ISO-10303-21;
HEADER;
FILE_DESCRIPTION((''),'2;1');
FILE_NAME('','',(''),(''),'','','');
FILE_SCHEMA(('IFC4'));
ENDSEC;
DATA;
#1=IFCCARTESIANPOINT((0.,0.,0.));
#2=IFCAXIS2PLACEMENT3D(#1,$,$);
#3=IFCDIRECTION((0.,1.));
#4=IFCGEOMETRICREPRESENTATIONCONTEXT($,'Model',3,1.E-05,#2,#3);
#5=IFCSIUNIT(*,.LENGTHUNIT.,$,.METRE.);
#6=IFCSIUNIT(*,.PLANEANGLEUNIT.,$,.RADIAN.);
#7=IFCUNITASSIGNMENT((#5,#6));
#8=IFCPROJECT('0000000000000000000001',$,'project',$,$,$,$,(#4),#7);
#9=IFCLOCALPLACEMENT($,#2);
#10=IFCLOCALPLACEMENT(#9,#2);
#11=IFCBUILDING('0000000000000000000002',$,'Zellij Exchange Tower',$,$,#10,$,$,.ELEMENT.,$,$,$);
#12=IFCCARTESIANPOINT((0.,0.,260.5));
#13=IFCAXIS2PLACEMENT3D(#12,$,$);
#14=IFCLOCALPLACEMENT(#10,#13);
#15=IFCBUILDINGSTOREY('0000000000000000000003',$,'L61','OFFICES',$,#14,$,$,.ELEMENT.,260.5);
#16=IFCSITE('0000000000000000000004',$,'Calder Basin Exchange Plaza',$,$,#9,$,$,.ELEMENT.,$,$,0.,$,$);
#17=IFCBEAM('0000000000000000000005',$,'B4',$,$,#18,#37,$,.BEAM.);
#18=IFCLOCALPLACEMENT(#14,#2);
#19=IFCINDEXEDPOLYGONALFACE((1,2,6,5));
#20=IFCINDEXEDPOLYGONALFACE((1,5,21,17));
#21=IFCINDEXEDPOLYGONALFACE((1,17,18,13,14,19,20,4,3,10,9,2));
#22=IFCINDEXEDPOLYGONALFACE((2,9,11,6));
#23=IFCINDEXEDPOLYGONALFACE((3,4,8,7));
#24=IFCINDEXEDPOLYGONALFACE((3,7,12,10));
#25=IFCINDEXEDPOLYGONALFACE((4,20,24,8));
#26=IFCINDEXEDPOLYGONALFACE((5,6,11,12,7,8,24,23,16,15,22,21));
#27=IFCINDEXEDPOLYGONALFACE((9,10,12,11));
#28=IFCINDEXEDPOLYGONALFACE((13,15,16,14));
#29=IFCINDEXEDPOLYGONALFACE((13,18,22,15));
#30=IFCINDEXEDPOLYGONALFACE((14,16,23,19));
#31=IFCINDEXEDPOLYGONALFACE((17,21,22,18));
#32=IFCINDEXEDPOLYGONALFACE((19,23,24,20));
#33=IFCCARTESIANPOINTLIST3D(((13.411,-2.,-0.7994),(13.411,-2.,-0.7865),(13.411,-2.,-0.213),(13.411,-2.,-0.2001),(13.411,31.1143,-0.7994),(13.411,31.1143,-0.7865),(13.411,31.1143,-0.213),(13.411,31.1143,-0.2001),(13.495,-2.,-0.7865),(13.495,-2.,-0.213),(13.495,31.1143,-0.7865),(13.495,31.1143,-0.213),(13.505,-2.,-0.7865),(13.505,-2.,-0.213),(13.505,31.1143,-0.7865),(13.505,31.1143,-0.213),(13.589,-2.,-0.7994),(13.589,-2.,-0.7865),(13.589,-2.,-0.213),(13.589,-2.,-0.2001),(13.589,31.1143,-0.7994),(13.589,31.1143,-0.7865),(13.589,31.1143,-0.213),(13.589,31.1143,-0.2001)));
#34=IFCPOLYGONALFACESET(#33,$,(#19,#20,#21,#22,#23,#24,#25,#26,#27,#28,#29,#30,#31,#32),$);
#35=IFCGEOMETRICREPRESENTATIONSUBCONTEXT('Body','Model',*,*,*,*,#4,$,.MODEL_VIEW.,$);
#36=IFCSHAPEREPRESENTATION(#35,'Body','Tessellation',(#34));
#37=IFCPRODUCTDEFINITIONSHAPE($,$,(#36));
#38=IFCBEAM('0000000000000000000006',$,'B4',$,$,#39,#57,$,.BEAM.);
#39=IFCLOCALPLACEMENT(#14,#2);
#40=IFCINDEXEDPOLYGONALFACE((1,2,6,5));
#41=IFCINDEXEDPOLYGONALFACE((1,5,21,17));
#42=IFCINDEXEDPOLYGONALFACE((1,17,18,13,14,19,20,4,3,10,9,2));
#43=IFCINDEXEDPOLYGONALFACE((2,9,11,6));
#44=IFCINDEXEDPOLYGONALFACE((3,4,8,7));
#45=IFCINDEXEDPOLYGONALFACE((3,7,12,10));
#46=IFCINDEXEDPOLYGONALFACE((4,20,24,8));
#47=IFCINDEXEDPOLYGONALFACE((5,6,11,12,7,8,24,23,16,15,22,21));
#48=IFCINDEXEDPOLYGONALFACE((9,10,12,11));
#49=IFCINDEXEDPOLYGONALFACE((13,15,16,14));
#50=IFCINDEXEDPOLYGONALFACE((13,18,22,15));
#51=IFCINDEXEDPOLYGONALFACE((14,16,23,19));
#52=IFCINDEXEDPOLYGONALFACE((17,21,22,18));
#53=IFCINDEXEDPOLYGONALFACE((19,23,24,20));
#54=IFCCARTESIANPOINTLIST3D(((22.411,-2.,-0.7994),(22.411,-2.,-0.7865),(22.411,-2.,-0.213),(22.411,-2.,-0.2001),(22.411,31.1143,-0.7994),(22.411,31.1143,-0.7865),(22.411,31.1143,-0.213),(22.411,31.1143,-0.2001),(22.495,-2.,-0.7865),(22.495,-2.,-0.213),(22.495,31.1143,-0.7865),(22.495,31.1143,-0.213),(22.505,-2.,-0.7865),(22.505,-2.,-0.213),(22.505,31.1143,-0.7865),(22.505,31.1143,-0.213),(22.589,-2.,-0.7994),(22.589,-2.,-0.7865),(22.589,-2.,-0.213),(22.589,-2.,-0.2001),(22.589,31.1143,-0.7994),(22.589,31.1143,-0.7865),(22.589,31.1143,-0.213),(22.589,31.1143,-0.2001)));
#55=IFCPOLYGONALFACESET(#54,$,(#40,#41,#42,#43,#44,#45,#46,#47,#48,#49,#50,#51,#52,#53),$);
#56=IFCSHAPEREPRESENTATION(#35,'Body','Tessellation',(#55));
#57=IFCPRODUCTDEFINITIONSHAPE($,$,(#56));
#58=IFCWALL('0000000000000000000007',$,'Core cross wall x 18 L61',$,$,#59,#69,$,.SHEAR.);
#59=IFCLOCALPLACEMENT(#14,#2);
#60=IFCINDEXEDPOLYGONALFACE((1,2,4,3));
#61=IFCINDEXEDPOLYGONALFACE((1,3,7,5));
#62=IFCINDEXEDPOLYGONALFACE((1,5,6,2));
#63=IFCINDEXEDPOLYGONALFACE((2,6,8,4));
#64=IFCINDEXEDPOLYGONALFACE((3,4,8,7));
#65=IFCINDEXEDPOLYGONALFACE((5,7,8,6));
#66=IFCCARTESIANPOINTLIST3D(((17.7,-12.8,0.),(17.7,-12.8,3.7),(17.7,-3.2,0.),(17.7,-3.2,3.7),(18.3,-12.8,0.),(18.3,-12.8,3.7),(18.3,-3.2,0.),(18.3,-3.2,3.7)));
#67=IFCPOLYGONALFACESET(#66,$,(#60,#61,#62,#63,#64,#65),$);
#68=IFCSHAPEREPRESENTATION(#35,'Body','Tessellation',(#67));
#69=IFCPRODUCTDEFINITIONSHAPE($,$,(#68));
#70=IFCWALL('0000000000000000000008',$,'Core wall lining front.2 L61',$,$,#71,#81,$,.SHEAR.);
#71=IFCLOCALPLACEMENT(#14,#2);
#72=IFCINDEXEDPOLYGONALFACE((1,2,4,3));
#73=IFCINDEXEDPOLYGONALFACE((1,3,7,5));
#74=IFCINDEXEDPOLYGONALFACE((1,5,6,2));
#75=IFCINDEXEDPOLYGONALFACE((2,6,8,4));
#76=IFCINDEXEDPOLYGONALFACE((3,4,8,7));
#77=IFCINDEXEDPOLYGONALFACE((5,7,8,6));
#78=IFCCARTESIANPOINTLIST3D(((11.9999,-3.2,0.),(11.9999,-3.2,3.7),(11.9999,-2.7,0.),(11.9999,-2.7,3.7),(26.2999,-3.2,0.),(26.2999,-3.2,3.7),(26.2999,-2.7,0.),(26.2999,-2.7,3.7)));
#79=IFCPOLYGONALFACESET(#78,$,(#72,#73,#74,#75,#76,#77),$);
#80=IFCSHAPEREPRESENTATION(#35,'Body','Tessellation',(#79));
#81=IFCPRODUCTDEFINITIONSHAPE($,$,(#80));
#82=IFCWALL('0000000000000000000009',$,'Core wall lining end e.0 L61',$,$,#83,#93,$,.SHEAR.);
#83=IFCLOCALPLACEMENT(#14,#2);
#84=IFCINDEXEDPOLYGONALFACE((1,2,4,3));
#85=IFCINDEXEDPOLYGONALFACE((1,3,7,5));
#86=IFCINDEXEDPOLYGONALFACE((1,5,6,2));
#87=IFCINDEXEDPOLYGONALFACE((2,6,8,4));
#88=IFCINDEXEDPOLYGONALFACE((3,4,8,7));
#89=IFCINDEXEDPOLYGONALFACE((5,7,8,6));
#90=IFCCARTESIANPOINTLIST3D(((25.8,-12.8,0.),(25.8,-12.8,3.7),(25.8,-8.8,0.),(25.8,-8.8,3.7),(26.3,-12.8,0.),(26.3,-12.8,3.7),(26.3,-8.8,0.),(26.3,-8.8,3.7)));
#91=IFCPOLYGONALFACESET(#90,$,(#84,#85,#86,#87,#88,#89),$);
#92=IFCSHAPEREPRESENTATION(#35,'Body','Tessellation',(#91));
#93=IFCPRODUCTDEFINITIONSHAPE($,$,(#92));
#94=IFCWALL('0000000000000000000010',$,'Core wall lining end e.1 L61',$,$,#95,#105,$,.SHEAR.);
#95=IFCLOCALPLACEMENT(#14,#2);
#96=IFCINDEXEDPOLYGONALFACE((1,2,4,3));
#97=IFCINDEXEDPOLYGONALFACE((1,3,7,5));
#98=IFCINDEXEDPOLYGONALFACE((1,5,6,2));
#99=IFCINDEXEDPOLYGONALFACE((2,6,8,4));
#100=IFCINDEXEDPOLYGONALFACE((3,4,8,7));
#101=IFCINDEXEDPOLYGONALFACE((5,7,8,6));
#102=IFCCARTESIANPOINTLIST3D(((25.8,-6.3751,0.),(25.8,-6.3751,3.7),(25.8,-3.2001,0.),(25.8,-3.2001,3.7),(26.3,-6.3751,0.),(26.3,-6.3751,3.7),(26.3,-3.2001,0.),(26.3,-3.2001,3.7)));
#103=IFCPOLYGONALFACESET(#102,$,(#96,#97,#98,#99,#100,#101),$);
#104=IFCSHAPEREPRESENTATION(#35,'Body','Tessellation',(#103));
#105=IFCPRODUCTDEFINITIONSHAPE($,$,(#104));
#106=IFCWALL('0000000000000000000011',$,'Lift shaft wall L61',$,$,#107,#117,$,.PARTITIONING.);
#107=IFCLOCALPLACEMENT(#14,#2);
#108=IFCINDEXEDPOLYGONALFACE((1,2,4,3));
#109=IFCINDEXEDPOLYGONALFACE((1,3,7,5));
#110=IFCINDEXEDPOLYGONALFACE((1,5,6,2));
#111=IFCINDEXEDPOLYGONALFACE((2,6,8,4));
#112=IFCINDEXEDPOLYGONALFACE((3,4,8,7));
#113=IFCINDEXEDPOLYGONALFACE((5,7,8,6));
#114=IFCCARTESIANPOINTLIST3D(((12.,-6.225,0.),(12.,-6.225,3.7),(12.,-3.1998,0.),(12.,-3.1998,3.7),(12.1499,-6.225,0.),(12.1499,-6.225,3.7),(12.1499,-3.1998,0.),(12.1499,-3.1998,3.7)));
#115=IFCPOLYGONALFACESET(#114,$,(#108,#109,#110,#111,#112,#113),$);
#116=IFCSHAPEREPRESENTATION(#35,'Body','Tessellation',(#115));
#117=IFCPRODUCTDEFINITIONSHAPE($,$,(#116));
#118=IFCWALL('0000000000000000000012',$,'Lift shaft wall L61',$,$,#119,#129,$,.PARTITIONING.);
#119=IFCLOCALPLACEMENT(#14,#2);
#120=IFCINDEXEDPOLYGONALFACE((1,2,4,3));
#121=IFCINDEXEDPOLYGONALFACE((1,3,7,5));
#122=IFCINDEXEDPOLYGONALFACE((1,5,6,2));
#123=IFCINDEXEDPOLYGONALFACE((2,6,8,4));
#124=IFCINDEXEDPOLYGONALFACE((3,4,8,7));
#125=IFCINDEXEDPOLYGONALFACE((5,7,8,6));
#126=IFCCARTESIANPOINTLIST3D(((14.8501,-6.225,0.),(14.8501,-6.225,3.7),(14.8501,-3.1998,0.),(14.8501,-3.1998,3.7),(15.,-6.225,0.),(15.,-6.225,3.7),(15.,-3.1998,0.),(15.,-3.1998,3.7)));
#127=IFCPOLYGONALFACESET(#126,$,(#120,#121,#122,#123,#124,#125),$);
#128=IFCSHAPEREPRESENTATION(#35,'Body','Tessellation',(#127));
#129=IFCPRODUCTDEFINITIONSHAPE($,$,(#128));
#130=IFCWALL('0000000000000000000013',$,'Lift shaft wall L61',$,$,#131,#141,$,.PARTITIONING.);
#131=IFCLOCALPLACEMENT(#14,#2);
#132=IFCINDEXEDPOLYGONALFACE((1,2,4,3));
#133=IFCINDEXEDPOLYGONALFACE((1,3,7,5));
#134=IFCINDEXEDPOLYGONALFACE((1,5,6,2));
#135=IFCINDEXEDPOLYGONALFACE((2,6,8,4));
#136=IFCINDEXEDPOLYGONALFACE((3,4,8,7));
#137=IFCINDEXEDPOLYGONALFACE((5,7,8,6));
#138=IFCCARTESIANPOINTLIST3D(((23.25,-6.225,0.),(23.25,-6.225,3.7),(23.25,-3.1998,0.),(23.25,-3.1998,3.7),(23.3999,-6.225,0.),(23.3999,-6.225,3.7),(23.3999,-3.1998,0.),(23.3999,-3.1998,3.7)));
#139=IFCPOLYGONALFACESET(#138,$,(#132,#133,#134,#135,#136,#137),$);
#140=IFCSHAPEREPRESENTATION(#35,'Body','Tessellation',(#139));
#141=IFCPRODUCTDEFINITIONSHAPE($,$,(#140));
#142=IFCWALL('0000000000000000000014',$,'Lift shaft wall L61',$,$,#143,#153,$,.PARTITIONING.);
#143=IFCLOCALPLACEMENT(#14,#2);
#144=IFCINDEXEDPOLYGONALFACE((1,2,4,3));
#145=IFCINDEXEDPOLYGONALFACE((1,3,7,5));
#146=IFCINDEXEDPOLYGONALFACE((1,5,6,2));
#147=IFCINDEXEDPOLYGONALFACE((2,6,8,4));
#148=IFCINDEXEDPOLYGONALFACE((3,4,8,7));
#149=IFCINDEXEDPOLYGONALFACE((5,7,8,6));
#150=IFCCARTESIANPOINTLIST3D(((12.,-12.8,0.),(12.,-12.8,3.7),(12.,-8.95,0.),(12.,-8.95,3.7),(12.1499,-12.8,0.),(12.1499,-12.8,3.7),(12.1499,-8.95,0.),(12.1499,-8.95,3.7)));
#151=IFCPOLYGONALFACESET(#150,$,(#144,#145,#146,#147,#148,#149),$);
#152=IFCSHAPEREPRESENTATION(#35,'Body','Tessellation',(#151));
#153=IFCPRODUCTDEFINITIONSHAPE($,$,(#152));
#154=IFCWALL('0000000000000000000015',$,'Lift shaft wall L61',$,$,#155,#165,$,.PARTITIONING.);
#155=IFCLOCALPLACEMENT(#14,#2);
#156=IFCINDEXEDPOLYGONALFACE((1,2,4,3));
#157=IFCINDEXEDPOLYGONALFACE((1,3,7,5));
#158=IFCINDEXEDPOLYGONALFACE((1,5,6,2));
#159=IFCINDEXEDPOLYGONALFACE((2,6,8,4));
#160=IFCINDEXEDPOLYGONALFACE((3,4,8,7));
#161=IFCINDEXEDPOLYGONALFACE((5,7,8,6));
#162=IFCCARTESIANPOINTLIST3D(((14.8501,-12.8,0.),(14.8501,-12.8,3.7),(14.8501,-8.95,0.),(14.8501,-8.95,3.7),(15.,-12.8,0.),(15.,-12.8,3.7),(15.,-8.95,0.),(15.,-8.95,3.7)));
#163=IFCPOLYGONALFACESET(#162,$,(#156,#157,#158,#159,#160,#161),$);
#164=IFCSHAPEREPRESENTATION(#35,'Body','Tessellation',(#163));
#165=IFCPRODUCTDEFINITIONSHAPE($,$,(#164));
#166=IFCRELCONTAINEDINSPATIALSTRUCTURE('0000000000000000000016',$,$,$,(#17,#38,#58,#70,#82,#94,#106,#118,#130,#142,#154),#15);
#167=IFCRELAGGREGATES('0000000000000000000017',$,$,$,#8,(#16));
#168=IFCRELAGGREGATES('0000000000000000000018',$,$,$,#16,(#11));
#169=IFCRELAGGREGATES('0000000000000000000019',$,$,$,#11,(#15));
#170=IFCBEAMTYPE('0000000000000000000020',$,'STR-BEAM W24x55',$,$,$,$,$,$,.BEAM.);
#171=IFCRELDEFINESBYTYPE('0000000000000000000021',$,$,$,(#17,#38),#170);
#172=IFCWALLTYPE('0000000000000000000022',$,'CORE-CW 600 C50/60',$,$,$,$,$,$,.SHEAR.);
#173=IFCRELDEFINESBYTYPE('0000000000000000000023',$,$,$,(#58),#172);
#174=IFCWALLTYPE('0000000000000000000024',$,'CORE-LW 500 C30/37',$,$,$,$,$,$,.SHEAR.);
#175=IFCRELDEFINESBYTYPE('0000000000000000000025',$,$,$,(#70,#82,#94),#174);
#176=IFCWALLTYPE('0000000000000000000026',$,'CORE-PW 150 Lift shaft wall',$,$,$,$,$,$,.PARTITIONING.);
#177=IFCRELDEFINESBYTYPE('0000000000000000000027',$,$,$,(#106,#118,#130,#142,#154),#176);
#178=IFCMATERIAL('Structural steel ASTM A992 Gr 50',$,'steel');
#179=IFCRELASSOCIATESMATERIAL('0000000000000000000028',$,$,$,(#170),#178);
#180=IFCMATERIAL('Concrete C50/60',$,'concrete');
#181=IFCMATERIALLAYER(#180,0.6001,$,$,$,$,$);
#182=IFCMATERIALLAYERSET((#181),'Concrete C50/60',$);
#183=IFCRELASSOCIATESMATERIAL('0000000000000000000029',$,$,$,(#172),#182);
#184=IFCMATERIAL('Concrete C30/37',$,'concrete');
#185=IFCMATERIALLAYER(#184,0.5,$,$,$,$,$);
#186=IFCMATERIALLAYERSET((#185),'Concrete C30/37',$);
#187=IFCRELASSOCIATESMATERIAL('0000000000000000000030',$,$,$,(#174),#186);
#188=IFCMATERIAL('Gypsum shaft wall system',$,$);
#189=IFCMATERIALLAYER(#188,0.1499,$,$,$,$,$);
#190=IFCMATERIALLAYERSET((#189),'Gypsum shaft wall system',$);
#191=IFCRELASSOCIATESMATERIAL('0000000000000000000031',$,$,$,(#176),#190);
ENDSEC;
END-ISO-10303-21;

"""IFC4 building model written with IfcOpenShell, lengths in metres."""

from ifc_helpers import new_model, si_unit, direction, frame, frame_2d, origin, origin_2d, place, context, subcontext, project, spatial, rectangle, i_section, extrude, material, layer, layer_set, material_profile, profile_set, type_object, element, save


model = new_model("IFC4")

# Units and contexts
model_context = context("Model", 3, precision=1e-05, world=origin(), true_north=direction((0.0, 1.0)))
body_context = subcontext(model_context, "Body", "Model", "MODEL_VIEW")
ifc_project = project(units=[si_unit("LENGTHUNIT", "METRE"), si_unit("PLANEANGLEUNIT", "RADIAN")], contexts=[model_context])

# Site, building, storey
site_placement = place(None, origin())
site = spatial("IfcSite", under=ifc_project, at=site_placement, Name="Calder Basin Exchange Plaza", CompositionType="ELEMENT", RefElevation=0.0)
building_placement = place(site_placement, origin())
building = spatial("IfcBuilding", under=site, at=building_placement, Name="Zellij Exchange Tower", CompositionType="ELEMENT")
storey_placement = place(building_placement, frame((0.0, 0.0, 260.5)))
storey = spatial("IfcBuildingStorey", under=building, at=storey_placement, Name="L61", Description="OFFICES", CompositionType="ELEMENT", Elevation=260.5)

# Beams
ifc_material_1 = material(Name="Structural steel ASTM A992 Gr 50", Category="steel")
ifc_material_profile = material_profile(ifc_material_1, i_section(OverallWidth=0.178, OverallDepth=0.5994, WebThickness=0.01, FlangeThickness=0.0129, at=origin_2d()), Name="W24x55")
ifc_profile_set = profile_set([ifc_material_profile], Name="Structural steel ASTM A992 Gr 50")
beam_type = type_object("IfcBeamType", Name="STR-BEAM W24x55", PredefinedType="BEAM", material=ifc_profile_set)
for number, where, z_axis, x_axis, name in (
    (1, (13.5, -2.0, -0.4998), (0.0, 1.0, 0.0), (-1.0, 0.0, 0.0), "B4"),
    (2, (22.5, -2.0, -0.4998), (0.0, 1.0, 0.0), (-1.0, 0.0, 0.0), "B4"),
):
    element("IfcBeam", number, at=place(storey_placement, frame(where, z_axis=z_axis, x_axis=x_axis)), inside=storey, type_object=beam_type, Name=name, PredefinedType="BEAM", context=body_context, shape_type="SweptSolid", body=[
        extrude(i_section(OverallWidth=0.178, OverallDepth=0.5994, WebThickness=0.01, FlangeThickness=0.0129, at=origin_2d()), origin(), (0.0, 0.0, 1.0), 33.1143),
    ])

# Walls
ifc_material_2 = material(Name="Concrete C50/60", Category="concrete")
ifc_layer_1 = layer(ifc_material_2, 0.6001)
ifc_layer_set_1 = layer_set([ifc_layer_1], Name="Concrete C50/60")
wall_type_1 = type_object("IfcWallType", Name="CORE-CW 600 C50/60", PredefinedType="SHEAR", material=ifc_layer_set_1)
wall_1_placement = place(storey_placement, frame((18.0, -12.8, 0.0), z_axis=(0.0, 0.0, 1.0), x_axis=(0.0, 1.0, 0.0)))
element("IfcWall", 3, at=wall_1_placement, inside=storey, type_object=wall_type_1, Name="Core cross wall x 18 L61", PredefinedType="SHEAR", context=body_context, shape_type="SweptSolid", body=[
    extrude(rectangle(XDim=9.6001, YDim=0.6001, at=frame_2d((4.8, 0.0))), origin(), (0.0, 0.0, 1.0), 3.7),
])
ifc_material_3 = material(Name="Concrete C30/37", Category="concrete")
ifc_layer_2 = layer(ifc_material_3, 0.5)
ifc_layer_set_2 = layer_set([ifc_layer_2], Name="Concrete C30/37")
wall_type_2 = type_object("IfcWallType", Name="CORE-LW 500 C30/37", PredefinedType="SHEAR", material=ifc_layer_set_2)
wall_2_placement = place(storey_placement, frame((12.0, -2.95, 0.0), z_axis=(0.0, 0.0, 1.0), x_axis=(1.0, 0.0, 0.0)))
element("IfcWall", 4, at=wall_2_placement, inside=storey, type_object=wall_type_2, Name="Core wall lining front.2 L61", PredefinedType="SHEAR", context=body_context, shape_type="SweptSolid", body=[
    extrude(rectangle(XDim=14.3, YDim=0.5, at=frame_2d((7.1499, 0.0))), origin(), (0.0, 0.0, 1.0), 3.7),
])
wall_3_placement = place(storey_placement, frame((26.05, -12.8, 0.0), z_axis=(0.0, 0.0, 1.0), x_axis=(0.0, 1.0, 0.0)))
element("IfcWall", 5, at=wall_3_placement, inside=storey, type_object=wall_type_2, Name="Core wall lining end e.0 L61", PredefinedType="SHEAR", context=body_context, shape_type="SweptSolid", body=[
    extrude(rectangle(XDim=4.0, YDim=0.5, at=frame_2d((2.0, 0.0))), origin(), (0.0, 0.0, 1.0), 3.7),
])
wall_4_placement = place(storey_placement, frame((26.05, -6.375, 0.0), z_axis=(0.0, 0.0, 1.0), x_axis=(0.0, 1.0, 0.0)))
element("IfcWall", 6, at=wall_4_placement, inside=storey, type_object=wall_type_2, Name="Core wall lining end e.1 L61", PredefinedType="SHEAR", context=body_context, shape_type="SweptSolid", body=[
    extrude(rectangle(XDim=3.175, YDim=0.5, at=frame_2d((1.5874, 0.0))), origin(), (0.0, 0.0, 1.0), 3.7),
])
ifc_material_4 = material(Name="Gypsum shaft wall system")
ifc_layer_3 = layer(ifc_material_4, 0.1499)
ifc_layer_set_3 = layer_set([ifc_layer_3], Name="Gypsum shaft wall system")
wall_type_3 = type_object("IfcWallType", Name="CORE-PW 150 Lift shaft wall", PredefinedType="PARTITIONING", material=ifc_layer_set_3)
for number, where, z_axis, x_axis, name in (
    (7, (12.075, -6.2251, 0.0), (0.0, 0.0, 1.0), (0.0, 1.0, 0.0), "Lift shaft wall L61"),
    (8, (14.925, -6.2251, 0.0), (0.0, 0.0, 1.0), (0.0, 1.0, 0.0), "Lift shaft wall L61"),
    (9, (23.325, -6.2251, 0.0), (0.0, 0.0, 1.0), (0.0, 1.0, 0.0), "Lift shaft wall L61"),
):
    element("IfcWall", number, at=place(storey_placement, frame(where, z_axis=z_axis, x_axis=x_axis)), inside=storey, type_object=wall_type_3, Name=name, PredefinedType="PARTITIONING", context=body_context, shape_type="SweptSolid", body=[
        extrude(rectangle(XDim=3.0251, YDim=0.1499, at=frame_2d((1.5127, 0.0))), origin(), (0.0, 0.0, 1.0), 3.7),
    ])
for number, where, z_axis, x_axis, name in (
    (10, (12.075, -12.8, 0.0), (0.0, 0.0, 1.0), (0.0, 1.0, 0.0), "Lift shaft wall L61"),
    (11, (14.925, -12.8, 0.0), (0.0, 0.0, 1.0), (0.0, 1.0, 0.0), "Lift shaft wall L61"),
):
    element("IfcWall", number, at=place(storey_placement, frame(where, z_axis=z_axis, x_axis=x_axis)), inside=storey, type_object=wall_type_3, Name=name, PredefinedType="PARTITIONING", context=body_context, shape_type="SweptSolid", body=[
        extrude(rectangle(XDim=3.8501, YDim=0.1499, at=frame_2d((1.925, 0.0))), origin(), (0.0, 0.0, 1.0), 3.7),
    ])

save(model, "model.ifc")
